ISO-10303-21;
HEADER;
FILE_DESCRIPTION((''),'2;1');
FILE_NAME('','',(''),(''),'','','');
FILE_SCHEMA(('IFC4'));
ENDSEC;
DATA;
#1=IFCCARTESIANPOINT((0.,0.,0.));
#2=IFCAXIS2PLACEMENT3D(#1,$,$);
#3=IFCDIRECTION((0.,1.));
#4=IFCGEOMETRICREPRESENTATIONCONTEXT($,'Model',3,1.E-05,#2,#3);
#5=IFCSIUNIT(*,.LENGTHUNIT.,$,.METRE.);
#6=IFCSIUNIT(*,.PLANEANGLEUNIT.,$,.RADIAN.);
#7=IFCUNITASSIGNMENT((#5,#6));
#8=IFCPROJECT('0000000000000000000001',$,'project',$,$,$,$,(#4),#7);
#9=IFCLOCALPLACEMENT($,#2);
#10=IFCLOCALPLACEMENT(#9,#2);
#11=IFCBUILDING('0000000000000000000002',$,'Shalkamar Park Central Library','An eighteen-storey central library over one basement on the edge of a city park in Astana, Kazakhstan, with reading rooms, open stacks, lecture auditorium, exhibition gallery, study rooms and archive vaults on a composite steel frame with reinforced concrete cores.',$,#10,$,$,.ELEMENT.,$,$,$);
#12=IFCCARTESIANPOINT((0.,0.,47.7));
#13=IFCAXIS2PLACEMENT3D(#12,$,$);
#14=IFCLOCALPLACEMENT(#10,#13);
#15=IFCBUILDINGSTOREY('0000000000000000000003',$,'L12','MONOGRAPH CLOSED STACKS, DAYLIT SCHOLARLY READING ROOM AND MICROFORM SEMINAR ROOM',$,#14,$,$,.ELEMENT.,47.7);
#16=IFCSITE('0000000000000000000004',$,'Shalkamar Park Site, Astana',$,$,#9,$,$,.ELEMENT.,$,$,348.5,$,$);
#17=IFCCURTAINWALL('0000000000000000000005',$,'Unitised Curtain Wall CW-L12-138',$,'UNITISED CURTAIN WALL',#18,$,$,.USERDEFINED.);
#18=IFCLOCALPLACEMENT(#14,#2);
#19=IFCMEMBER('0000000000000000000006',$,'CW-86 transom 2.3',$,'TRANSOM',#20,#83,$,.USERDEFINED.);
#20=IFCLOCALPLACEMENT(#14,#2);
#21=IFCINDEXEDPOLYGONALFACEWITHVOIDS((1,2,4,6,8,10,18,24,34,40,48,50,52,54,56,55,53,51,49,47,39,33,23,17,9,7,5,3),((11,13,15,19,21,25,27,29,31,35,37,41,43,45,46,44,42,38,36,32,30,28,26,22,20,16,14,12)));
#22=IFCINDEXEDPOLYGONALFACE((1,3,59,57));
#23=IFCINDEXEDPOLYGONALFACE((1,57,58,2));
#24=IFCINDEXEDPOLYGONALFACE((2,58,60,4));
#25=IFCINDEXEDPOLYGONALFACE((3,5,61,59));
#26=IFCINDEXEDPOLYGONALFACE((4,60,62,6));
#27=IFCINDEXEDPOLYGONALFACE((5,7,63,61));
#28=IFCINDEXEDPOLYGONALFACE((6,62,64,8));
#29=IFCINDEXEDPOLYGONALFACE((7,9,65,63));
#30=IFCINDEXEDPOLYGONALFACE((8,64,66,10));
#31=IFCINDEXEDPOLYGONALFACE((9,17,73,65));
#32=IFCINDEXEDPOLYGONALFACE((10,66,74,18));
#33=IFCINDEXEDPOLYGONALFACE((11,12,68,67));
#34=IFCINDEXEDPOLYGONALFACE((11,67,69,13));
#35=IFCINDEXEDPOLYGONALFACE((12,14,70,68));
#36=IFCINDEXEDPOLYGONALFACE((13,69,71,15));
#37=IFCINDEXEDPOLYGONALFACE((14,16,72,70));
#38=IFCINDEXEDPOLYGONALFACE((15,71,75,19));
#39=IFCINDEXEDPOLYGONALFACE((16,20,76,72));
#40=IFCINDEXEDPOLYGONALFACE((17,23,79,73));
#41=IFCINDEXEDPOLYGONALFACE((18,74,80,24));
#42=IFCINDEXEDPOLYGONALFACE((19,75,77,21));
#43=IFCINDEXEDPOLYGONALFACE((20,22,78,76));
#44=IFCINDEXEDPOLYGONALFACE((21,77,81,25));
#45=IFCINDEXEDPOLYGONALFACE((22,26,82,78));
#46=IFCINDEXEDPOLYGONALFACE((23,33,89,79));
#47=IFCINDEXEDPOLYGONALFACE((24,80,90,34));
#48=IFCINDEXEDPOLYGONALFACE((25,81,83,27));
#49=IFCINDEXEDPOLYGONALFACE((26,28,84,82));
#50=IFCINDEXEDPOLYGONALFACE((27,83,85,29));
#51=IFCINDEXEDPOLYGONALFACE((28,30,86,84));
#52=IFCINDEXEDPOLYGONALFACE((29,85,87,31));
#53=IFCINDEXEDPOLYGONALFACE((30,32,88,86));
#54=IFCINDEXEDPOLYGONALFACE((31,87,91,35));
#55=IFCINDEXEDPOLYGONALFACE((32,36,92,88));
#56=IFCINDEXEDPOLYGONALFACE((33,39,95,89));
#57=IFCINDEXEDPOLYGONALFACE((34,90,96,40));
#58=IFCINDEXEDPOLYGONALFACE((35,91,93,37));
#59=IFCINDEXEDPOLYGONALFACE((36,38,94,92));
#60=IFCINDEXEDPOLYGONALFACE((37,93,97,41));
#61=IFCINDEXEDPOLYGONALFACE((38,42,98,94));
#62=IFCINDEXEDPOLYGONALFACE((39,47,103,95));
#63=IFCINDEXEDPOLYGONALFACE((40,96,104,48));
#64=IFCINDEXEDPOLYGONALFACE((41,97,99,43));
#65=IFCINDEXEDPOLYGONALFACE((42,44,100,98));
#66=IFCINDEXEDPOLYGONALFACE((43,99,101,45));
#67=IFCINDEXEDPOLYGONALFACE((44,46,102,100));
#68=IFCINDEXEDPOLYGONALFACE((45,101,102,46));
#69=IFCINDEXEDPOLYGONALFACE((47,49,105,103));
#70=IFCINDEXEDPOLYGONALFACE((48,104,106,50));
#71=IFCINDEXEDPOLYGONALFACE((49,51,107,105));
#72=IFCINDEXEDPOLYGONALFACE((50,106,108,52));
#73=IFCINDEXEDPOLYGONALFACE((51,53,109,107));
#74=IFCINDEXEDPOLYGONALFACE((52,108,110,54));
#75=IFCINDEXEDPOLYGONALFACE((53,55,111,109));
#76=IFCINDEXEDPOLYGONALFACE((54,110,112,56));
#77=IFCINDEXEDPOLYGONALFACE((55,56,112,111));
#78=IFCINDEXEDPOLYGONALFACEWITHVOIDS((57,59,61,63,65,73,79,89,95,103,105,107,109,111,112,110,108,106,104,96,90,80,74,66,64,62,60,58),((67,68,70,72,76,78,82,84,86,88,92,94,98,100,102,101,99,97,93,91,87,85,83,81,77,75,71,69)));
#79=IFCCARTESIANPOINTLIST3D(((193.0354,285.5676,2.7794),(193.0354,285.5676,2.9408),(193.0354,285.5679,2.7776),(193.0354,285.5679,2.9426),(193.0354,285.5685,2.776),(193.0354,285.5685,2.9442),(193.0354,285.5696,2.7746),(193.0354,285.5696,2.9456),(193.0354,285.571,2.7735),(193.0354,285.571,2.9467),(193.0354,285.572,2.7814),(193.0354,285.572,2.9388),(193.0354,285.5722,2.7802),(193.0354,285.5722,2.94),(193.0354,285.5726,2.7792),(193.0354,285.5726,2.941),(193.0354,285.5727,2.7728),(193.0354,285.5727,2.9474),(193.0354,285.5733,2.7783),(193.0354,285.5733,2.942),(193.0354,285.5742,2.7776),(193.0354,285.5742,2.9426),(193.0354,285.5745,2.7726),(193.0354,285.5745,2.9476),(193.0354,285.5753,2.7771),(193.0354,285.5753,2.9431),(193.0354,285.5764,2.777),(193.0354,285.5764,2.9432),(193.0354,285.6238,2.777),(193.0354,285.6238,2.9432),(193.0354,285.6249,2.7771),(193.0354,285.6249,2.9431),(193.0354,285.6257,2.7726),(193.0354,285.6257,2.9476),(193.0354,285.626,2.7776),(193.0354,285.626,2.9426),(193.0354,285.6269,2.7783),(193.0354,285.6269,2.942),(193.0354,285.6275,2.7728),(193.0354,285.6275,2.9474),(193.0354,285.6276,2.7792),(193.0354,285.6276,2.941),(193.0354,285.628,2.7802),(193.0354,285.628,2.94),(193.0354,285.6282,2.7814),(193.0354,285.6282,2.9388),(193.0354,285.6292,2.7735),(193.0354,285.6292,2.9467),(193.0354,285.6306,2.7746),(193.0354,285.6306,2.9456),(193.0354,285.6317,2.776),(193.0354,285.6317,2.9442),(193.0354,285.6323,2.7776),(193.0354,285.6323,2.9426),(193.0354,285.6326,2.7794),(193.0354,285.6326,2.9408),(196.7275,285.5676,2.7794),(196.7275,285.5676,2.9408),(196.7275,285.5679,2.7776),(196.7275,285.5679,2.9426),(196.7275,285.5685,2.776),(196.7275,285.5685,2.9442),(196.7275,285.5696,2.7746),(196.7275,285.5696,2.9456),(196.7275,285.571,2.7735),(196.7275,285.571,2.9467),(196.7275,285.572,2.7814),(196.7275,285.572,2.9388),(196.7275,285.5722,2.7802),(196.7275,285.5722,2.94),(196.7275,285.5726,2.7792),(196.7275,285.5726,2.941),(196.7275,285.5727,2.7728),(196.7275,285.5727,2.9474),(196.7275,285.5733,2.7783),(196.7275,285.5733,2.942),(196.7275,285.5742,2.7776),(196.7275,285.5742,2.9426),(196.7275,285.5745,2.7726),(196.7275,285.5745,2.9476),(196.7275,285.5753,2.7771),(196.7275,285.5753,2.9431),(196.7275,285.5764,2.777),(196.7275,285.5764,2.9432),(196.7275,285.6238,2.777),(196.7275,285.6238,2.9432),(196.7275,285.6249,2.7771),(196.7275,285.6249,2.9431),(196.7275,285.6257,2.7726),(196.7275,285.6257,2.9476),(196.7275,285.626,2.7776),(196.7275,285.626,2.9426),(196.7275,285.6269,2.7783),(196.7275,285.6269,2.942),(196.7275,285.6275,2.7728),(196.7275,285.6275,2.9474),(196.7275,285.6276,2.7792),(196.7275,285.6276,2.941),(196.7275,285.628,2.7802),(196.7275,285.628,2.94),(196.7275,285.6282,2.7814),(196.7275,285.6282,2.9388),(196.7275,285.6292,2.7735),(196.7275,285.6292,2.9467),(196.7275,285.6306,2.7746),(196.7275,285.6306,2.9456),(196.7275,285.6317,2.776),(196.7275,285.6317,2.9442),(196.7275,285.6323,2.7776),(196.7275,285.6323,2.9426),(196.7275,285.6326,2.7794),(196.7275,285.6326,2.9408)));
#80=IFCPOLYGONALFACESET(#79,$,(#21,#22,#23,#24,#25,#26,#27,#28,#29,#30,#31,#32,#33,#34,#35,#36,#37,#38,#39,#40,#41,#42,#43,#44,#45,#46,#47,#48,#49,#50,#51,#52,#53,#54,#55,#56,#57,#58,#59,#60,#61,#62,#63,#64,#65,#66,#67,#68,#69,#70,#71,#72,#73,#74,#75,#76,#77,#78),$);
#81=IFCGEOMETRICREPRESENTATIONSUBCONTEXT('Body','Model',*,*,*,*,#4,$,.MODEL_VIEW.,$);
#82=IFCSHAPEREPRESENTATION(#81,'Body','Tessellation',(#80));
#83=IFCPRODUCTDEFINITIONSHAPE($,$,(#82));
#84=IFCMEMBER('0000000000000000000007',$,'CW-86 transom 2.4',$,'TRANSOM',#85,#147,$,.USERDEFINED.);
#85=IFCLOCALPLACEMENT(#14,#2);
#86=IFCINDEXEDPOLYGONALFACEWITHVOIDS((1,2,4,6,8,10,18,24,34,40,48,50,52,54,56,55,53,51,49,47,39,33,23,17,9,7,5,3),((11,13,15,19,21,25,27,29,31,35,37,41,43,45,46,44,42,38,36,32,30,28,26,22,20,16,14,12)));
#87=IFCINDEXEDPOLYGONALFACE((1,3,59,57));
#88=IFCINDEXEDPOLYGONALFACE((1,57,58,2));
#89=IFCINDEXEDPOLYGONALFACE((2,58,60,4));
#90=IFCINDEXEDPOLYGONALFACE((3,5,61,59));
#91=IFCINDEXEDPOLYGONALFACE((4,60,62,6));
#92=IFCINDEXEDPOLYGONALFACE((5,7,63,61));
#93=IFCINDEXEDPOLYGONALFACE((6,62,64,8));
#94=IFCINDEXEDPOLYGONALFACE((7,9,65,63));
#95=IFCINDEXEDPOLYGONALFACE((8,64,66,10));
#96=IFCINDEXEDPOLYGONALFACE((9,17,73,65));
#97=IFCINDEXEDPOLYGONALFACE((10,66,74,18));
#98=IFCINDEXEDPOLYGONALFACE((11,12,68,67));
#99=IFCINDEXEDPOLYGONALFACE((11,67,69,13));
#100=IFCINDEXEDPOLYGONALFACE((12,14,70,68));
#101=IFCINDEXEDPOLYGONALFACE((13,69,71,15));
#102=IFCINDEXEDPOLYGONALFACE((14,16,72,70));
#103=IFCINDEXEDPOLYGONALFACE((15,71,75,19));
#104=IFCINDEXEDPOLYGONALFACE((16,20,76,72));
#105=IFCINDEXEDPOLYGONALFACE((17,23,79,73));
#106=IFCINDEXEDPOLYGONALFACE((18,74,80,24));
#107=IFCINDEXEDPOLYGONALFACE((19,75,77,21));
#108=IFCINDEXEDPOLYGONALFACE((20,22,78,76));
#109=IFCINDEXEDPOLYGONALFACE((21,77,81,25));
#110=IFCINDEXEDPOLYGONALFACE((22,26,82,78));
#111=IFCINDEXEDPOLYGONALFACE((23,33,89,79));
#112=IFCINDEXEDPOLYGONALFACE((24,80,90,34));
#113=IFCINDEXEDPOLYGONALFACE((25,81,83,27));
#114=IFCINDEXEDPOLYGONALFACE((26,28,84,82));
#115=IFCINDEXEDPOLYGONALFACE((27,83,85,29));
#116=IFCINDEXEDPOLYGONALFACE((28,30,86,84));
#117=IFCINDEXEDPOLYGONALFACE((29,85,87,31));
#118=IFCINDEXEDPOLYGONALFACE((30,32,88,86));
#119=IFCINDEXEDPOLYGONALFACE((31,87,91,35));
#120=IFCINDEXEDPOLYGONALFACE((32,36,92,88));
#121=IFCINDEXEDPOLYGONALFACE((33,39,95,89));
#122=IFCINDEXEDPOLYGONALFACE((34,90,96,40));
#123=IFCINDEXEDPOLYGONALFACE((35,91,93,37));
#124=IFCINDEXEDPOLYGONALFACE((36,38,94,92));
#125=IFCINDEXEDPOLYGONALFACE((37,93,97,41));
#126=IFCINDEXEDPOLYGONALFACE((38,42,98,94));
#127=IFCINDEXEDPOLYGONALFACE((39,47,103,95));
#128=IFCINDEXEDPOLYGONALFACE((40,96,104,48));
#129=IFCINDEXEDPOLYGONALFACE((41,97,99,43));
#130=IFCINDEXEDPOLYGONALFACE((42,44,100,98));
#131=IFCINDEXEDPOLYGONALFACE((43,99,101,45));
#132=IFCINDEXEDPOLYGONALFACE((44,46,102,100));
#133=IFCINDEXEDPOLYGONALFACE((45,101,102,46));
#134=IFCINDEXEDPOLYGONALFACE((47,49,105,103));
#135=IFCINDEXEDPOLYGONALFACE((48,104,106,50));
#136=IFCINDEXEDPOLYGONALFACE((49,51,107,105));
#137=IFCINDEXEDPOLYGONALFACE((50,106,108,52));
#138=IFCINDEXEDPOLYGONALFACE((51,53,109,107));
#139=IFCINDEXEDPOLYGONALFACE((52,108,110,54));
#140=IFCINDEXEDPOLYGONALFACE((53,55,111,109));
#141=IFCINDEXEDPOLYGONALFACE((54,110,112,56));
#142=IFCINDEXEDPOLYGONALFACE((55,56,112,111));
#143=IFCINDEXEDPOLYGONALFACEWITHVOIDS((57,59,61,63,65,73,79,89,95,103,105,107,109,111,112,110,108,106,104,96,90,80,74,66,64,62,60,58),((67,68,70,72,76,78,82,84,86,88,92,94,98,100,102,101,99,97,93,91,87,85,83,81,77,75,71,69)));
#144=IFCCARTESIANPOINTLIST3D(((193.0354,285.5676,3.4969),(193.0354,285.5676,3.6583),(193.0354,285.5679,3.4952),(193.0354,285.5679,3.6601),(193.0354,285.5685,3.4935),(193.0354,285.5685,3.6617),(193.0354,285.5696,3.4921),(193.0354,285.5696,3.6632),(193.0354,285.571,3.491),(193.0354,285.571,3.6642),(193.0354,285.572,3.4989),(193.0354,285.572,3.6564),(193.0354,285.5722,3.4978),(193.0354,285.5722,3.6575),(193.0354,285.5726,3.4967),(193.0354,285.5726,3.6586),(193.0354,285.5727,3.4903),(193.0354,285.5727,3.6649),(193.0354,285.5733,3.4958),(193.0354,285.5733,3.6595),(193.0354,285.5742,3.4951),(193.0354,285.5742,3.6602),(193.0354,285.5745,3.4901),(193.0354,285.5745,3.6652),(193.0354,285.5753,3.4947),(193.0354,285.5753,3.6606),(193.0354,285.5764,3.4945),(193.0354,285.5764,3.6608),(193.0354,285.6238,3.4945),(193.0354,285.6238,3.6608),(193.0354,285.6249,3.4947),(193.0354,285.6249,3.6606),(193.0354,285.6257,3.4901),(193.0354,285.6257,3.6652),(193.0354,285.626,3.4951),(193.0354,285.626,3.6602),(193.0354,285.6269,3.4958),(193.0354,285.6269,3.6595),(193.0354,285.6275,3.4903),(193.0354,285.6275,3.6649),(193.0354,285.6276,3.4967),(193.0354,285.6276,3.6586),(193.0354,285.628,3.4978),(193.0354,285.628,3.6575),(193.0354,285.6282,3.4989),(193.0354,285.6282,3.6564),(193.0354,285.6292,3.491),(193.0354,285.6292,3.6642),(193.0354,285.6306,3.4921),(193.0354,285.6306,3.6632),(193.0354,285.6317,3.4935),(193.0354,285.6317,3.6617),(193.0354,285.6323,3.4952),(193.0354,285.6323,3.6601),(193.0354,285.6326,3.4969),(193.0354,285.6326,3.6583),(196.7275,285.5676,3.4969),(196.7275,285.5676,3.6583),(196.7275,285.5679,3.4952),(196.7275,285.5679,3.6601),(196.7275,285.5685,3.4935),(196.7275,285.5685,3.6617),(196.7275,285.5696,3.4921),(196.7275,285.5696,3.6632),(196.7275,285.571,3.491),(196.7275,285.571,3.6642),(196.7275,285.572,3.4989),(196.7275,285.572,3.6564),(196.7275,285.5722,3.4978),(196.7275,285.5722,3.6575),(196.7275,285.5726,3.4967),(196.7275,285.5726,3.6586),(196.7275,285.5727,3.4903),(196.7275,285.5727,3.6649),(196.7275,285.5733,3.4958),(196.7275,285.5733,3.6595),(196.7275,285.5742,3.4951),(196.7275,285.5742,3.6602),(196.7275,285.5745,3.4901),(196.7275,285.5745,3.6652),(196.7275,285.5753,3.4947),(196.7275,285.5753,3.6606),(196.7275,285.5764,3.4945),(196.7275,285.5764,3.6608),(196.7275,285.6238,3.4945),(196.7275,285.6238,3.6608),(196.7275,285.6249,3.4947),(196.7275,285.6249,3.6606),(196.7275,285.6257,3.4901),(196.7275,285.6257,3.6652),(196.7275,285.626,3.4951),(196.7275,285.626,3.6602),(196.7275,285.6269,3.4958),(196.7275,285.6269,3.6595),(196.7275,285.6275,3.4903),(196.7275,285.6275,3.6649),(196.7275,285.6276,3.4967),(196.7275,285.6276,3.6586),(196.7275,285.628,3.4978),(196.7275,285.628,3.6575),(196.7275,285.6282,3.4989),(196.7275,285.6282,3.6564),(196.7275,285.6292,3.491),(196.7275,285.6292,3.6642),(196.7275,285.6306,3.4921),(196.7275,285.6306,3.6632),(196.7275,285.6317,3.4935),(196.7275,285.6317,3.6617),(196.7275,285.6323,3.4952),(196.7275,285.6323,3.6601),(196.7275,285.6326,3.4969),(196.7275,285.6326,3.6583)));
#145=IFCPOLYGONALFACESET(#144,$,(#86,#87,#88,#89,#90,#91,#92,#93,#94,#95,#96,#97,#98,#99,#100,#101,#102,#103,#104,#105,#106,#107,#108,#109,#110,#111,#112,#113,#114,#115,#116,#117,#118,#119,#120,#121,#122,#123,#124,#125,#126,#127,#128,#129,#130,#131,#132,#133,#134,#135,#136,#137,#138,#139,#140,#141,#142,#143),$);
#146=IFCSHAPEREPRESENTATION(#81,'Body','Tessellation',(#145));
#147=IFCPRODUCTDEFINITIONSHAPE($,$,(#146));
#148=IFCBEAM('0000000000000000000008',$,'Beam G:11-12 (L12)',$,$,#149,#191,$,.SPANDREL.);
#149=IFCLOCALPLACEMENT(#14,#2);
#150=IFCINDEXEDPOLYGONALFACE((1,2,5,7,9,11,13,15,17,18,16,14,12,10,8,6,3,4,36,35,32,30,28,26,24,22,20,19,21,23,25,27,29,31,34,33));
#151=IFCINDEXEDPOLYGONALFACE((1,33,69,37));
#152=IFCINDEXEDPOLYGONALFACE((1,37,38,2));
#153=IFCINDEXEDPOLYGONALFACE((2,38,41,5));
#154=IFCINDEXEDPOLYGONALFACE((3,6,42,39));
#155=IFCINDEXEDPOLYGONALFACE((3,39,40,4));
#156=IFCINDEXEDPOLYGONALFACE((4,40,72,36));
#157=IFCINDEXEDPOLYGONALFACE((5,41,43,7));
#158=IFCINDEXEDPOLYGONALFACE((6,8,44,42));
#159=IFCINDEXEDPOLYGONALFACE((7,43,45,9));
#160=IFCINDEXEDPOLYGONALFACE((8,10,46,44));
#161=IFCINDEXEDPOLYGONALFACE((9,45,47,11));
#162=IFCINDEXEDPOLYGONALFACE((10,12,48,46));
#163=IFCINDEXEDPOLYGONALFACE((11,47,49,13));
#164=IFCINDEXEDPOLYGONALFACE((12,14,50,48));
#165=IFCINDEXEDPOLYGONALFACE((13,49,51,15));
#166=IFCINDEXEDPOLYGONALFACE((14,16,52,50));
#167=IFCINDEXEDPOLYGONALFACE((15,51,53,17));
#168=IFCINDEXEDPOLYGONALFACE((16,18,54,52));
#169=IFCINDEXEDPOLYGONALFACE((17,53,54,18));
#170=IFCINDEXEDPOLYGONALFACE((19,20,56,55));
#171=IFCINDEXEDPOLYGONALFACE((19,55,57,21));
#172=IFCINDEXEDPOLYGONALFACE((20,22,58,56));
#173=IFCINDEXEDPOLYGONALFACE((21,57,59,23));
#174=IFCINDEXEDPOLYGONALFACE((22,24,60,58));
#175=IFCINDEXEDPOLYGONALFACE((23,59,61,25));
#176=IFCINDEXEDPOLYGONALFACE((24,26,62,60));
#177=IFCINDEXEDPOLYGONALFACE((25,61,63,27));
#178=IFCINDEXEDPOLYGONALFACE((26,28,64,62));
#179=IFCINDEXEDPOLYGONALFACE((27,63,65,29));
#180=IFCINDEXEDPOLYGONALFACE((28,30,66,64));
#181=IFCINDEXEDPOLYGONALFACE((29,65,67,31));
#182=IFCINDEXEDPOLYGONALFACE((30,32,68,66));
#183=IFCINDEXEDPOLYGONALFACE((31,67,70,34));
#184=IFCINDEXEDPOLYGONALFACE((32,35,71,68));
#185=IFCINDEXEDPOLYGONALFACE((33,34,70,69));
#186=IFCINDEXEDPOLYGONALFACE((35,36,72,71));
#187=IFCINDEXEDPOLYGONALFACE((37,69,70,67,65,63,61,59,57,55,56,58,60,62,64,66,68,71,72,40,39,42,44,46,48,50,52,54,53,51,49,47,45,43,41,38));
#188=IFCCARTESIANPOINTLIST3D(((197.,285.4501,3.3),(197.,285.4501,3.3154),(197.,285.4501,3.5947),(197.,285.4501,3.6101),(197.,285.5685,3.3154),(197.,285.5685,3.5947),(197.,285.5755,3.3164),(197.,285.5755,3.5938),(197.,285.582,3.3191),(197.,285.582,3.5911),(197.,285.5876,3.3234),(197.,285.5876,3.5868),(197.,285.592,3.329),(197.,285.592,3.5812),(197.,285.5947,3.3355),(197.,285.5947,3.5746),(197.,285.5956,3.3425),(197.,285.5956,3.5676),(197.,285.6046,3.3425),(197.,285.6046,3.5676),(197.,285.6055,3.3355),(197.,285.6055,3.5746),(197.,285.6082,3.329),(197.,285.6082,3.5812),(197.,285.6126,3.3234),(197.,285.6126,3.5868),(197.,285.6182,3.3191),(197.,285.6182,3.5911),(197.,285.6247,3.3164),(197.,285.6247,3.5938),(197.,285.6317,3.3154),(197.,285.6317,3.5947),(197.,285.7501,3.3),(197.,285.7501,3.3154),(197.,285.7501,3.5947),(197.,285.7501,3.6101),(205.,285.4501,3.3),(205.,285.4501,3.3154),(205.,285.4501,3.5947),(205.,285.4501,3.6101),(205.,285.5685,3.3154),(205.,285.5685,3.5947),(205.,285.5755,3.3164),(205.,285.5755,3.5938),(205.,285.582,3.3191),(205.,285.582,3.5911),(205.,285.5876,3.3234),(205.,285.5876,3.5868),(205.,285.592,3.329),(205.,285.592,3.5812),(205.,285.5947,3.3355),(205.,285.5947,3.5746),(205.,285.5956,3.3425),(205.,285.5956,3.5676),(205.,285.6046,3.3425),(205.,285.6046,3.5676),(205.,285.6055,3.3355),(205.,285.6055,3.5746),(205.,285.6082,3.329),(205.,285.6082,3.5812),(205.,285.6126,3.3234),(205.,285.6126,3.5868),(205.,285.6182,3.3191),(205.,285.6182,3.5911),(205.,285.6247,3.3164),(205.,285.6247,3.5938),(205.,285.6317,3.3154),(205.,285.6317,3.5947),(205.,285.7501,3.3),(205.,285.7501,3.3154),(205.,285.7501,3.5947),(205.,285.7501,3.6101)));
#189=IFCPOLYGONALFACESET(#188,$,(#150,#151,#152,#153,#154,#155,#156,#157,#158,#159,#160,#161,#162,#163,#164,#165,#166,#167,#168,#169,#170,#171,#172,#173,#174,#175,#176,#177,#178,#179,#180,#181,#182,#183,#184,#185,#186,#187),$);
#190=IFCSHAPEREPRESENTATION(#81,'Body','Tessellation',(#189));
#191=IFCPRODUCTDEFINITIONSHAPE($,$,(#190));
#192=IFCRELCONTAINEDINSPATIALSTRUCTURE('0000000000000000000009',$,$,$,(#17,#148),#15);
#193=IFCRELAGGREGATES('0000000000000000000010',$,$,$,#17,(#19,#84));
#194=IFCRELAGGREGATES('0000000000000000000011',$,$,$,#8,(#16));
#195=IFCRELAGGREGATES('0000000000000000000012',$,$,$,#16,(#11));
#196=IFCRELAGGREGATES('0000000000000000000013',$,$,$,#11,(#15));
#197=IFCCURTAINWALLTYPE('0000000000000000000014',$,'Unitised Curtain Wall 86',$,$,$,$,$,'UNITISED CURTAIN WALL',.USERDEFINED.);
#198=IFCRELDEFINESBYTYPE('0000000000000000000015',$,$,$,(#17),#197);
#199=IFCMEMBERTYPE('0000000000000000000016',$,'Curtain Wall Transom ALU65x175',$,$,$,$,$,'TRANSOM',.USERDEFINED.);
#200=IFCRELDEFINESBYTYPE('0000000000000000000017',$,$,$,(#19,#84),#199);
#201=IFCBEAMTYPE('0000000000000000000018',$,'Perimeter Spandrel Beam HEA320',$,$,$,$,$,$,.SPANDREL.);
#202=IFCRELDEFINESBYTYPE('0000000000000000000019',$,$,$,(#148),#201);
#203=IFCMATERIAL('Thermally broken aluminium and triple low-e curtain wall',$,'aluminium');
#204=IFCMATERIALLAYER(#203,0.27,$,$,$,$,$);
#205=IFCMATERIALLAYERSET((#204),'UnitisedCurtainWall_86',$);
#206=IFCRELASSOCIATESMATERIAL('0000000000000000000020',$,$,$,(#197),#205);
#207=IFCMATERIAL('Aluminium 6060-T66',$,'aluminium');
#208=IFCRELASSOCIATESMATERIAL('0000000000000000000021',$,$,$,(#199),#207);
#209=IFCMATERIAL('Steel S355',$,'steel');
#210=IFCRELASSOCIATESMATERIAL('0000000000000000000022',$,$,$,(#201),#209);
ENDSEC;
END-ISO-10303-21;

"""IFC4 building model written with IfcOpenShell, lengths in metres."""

from ifc_helpers import new_model, si_unit, direction, frame, origin, origin_2d, place, context, subcontext, project, spatial, hollow_rectangle, i_section, extrude, material, layer, layer_set, material_profile, profile_set, type_object, element, aggregate, save


model = new_model("IFC4")

# Units and contexts
model_context = context("Model", 3, precision=1e-05, world=origin(), true_north=direction((0.0, 1.0)))
body_context = subcontext(model_context, "Body", "Model", "MODEL_VIEW")
ifc_project = project(units=[si_unit("LENGTHUNIT", "METRE"), si_unit("PLANEANGLEUNIT", "RADIAN")], contexts=[model_context])

# Site, building, storey
site_placement = place(None, origin())
site = spatial("IfcSite", under=ifc_project, at=site_placement, Name="Shalkamar Park Site, Astana", CompositionType="ELEMENT", RefElevation=348.5)
building_placement = place(site_placement, origin())
building = spatial("IfcBuilding", under=site, at=building_placement, Name="Shalkamar Park Central Library", Description="An eighteen-storey central library over one basement on the edge of a city park in Astana, Kazakhstan, with reading rooms, open stacks, lecture auditorium, exhibition gallery, study rooms and archive vaults on a composite steel frame with reinforced concrete cores.", CompositionType="ELEMENT")
storey_placement = place(building_placement, frame((0.0, 0.0, 47.7)))
storey = spatial("IfcBuildingStorey", under=building, at=storey_placement, Name="L12", Description="MONOGRAPH CLOSED STACKS, DAYLIT SCHOLARLY READING ROOM AND MICROFORM SEMINAR ROOM", CompositionType="ELEMENT", Elevation=47.7)

# Shared definitions
ifc_material_1 = material(Name="Steel S355", Category="steel")

# Curtain wall, members
ifc_material_2 = material(Name="Thermally broken aluminium and triple low-e curtain wall", Category="aluminium")
ifc_layer_1 = layer(ifc_material_2, 0.27)
ifc_layer_set_1 = layer_set([ifc_layer_1], Name="UnitisedCurtainWall_86")
curtain_wall_type = type_object("IfcCurtainWallType", Name="Unitised Curtain Wall 86", ElementType="UNITISED CURTAIN WALL", PredefinedType="USERDEFINED", material=ifc_layer_set_1)
curtain_wall_placement = place(storey_placement, origin())
curtain_wall = element("IfcCurtainWall", 1, at=curtain_wall_placement, inside=storey, type_object=curtain_wall_type, Name="Unitised Curtain Wall CW-L12-138", ObjectType="UNITISED CURTAIN WALL", PredefinedType="USERDEFINED")
ifc_material_3 = material(Name="Aluminium 6060-T66", Category="aluminium")
ifc_material_profile_1 = material_profile(ifc_material_3, hollow_rectangle(XDim=0.0649, YDim=0.175, WallThickness=0.0044, InnerFilletRadius=0.0044, OuterFilletRadius=0.0068, at=origin_2d()), Name="ALU 65x175x4.5")
ifc_profile_set_1 = profile_set([ifc_material_profile_1], Name="Aluminium 6060-T66")
member_type_1 = type_object("IfcMemberType", Name="Curtain Wall Transom ALU65x175", ElementType="TRANSOM", PredefinedType="USERDEFINED", material=ifc_profile_set_1)
member_1_placement = place(storey_placement, frame((193.0354, 285.6001, 2.8601), z_axis=(1.0, 0.0, 0.0), x_axis=(0.0, 1.0, 0.0)))
member_1 = element("IfcMember", 2, at=member_1_placement, type_object=member_type_1, Name="CW-86 transom 2.3", ObjectType="TRANSOM", PredefinedType="USERDEFINED", context=body_context, shape_type="SweptSolid", body=[
    extrude(hollow_rectangle(XDim=0.0649, YDim=0.175, WallThickness=0.0044, InnerFilletRadius=0.0044, OuterFilletRadius=0.0068, at=origin_2d()), origin(), (0.0, 0.0, 1.0), 3.6921),
])
member_2_placement = place(storey_placement, frame((193.0354, 285.6001, 3.5776), z_axis=(1.0, 0.0, 0.0), x_axis=(0.0, 1.0, 0.0)))
member_2 = element("IfcMember", 3, at=member_2_placement, type_object=member_type_1, Name="CW-86 transom 2.4", ObjectType="TRANSOM", PredefinedType="USERDEFINED", context=body_context, shape_type="SweptSolid", body=[
    extrude(hollow_rectangle(XDim=0.0649, YDim=0.175, WallThickness=0.0044, InnerFilletRadius=0.0044, OuterFilletRadius=0.0068, at=origin_2d()), origin(), (0.0, 0.0, 1.0), 3.6921),
])

# Beam
ifc_material_profile_2 = material_profile(ifc_material_1, i_section(OverallWidth=0.3, OverallDepth=0.3101, WebThickness=0.009, FlangeThickness=0.0154, FilletRadius=0.0271, at=origin_2d()), Name="HEA 320")
ifc_profile_set_2 = profile_set([ifc_material_profile_2], Name="Steel S355")
beam_type_1 = type_object("IfcBeamType", Name="Perimeter Spandrel Beam HEA320", PredefinedType="SPANDREL", material=ifc_profile_set_2)
beam_1_placement = place(storey_placement, frame((197.0, 285.6001, 3.4551), z_axis=(1.0, 0.0, 0.0), x_axis=(0.0, 1.0, 0.0)))
element("IfcBeam", 4, at=beam_1_placement, inside=storey, type_object=beam_type_1, Name="Beam G:11-12 (L12)", PredefinedType="SPANDREL", context=body_context, shape_type="SweptSolid", body=[
    extrude(i_section(OverallWidth=0.3, OverallDepth=0.3101, WebThickness=0.009, FlangeThickness=0.0154, FilletRadius=0.0271, at=origin_2d()), origin(), (0.0, 0.0, 1.0), 8.0),
])

aggregate(curtain_wall, [member_1, member_2])

save(model, "model.ifc")
